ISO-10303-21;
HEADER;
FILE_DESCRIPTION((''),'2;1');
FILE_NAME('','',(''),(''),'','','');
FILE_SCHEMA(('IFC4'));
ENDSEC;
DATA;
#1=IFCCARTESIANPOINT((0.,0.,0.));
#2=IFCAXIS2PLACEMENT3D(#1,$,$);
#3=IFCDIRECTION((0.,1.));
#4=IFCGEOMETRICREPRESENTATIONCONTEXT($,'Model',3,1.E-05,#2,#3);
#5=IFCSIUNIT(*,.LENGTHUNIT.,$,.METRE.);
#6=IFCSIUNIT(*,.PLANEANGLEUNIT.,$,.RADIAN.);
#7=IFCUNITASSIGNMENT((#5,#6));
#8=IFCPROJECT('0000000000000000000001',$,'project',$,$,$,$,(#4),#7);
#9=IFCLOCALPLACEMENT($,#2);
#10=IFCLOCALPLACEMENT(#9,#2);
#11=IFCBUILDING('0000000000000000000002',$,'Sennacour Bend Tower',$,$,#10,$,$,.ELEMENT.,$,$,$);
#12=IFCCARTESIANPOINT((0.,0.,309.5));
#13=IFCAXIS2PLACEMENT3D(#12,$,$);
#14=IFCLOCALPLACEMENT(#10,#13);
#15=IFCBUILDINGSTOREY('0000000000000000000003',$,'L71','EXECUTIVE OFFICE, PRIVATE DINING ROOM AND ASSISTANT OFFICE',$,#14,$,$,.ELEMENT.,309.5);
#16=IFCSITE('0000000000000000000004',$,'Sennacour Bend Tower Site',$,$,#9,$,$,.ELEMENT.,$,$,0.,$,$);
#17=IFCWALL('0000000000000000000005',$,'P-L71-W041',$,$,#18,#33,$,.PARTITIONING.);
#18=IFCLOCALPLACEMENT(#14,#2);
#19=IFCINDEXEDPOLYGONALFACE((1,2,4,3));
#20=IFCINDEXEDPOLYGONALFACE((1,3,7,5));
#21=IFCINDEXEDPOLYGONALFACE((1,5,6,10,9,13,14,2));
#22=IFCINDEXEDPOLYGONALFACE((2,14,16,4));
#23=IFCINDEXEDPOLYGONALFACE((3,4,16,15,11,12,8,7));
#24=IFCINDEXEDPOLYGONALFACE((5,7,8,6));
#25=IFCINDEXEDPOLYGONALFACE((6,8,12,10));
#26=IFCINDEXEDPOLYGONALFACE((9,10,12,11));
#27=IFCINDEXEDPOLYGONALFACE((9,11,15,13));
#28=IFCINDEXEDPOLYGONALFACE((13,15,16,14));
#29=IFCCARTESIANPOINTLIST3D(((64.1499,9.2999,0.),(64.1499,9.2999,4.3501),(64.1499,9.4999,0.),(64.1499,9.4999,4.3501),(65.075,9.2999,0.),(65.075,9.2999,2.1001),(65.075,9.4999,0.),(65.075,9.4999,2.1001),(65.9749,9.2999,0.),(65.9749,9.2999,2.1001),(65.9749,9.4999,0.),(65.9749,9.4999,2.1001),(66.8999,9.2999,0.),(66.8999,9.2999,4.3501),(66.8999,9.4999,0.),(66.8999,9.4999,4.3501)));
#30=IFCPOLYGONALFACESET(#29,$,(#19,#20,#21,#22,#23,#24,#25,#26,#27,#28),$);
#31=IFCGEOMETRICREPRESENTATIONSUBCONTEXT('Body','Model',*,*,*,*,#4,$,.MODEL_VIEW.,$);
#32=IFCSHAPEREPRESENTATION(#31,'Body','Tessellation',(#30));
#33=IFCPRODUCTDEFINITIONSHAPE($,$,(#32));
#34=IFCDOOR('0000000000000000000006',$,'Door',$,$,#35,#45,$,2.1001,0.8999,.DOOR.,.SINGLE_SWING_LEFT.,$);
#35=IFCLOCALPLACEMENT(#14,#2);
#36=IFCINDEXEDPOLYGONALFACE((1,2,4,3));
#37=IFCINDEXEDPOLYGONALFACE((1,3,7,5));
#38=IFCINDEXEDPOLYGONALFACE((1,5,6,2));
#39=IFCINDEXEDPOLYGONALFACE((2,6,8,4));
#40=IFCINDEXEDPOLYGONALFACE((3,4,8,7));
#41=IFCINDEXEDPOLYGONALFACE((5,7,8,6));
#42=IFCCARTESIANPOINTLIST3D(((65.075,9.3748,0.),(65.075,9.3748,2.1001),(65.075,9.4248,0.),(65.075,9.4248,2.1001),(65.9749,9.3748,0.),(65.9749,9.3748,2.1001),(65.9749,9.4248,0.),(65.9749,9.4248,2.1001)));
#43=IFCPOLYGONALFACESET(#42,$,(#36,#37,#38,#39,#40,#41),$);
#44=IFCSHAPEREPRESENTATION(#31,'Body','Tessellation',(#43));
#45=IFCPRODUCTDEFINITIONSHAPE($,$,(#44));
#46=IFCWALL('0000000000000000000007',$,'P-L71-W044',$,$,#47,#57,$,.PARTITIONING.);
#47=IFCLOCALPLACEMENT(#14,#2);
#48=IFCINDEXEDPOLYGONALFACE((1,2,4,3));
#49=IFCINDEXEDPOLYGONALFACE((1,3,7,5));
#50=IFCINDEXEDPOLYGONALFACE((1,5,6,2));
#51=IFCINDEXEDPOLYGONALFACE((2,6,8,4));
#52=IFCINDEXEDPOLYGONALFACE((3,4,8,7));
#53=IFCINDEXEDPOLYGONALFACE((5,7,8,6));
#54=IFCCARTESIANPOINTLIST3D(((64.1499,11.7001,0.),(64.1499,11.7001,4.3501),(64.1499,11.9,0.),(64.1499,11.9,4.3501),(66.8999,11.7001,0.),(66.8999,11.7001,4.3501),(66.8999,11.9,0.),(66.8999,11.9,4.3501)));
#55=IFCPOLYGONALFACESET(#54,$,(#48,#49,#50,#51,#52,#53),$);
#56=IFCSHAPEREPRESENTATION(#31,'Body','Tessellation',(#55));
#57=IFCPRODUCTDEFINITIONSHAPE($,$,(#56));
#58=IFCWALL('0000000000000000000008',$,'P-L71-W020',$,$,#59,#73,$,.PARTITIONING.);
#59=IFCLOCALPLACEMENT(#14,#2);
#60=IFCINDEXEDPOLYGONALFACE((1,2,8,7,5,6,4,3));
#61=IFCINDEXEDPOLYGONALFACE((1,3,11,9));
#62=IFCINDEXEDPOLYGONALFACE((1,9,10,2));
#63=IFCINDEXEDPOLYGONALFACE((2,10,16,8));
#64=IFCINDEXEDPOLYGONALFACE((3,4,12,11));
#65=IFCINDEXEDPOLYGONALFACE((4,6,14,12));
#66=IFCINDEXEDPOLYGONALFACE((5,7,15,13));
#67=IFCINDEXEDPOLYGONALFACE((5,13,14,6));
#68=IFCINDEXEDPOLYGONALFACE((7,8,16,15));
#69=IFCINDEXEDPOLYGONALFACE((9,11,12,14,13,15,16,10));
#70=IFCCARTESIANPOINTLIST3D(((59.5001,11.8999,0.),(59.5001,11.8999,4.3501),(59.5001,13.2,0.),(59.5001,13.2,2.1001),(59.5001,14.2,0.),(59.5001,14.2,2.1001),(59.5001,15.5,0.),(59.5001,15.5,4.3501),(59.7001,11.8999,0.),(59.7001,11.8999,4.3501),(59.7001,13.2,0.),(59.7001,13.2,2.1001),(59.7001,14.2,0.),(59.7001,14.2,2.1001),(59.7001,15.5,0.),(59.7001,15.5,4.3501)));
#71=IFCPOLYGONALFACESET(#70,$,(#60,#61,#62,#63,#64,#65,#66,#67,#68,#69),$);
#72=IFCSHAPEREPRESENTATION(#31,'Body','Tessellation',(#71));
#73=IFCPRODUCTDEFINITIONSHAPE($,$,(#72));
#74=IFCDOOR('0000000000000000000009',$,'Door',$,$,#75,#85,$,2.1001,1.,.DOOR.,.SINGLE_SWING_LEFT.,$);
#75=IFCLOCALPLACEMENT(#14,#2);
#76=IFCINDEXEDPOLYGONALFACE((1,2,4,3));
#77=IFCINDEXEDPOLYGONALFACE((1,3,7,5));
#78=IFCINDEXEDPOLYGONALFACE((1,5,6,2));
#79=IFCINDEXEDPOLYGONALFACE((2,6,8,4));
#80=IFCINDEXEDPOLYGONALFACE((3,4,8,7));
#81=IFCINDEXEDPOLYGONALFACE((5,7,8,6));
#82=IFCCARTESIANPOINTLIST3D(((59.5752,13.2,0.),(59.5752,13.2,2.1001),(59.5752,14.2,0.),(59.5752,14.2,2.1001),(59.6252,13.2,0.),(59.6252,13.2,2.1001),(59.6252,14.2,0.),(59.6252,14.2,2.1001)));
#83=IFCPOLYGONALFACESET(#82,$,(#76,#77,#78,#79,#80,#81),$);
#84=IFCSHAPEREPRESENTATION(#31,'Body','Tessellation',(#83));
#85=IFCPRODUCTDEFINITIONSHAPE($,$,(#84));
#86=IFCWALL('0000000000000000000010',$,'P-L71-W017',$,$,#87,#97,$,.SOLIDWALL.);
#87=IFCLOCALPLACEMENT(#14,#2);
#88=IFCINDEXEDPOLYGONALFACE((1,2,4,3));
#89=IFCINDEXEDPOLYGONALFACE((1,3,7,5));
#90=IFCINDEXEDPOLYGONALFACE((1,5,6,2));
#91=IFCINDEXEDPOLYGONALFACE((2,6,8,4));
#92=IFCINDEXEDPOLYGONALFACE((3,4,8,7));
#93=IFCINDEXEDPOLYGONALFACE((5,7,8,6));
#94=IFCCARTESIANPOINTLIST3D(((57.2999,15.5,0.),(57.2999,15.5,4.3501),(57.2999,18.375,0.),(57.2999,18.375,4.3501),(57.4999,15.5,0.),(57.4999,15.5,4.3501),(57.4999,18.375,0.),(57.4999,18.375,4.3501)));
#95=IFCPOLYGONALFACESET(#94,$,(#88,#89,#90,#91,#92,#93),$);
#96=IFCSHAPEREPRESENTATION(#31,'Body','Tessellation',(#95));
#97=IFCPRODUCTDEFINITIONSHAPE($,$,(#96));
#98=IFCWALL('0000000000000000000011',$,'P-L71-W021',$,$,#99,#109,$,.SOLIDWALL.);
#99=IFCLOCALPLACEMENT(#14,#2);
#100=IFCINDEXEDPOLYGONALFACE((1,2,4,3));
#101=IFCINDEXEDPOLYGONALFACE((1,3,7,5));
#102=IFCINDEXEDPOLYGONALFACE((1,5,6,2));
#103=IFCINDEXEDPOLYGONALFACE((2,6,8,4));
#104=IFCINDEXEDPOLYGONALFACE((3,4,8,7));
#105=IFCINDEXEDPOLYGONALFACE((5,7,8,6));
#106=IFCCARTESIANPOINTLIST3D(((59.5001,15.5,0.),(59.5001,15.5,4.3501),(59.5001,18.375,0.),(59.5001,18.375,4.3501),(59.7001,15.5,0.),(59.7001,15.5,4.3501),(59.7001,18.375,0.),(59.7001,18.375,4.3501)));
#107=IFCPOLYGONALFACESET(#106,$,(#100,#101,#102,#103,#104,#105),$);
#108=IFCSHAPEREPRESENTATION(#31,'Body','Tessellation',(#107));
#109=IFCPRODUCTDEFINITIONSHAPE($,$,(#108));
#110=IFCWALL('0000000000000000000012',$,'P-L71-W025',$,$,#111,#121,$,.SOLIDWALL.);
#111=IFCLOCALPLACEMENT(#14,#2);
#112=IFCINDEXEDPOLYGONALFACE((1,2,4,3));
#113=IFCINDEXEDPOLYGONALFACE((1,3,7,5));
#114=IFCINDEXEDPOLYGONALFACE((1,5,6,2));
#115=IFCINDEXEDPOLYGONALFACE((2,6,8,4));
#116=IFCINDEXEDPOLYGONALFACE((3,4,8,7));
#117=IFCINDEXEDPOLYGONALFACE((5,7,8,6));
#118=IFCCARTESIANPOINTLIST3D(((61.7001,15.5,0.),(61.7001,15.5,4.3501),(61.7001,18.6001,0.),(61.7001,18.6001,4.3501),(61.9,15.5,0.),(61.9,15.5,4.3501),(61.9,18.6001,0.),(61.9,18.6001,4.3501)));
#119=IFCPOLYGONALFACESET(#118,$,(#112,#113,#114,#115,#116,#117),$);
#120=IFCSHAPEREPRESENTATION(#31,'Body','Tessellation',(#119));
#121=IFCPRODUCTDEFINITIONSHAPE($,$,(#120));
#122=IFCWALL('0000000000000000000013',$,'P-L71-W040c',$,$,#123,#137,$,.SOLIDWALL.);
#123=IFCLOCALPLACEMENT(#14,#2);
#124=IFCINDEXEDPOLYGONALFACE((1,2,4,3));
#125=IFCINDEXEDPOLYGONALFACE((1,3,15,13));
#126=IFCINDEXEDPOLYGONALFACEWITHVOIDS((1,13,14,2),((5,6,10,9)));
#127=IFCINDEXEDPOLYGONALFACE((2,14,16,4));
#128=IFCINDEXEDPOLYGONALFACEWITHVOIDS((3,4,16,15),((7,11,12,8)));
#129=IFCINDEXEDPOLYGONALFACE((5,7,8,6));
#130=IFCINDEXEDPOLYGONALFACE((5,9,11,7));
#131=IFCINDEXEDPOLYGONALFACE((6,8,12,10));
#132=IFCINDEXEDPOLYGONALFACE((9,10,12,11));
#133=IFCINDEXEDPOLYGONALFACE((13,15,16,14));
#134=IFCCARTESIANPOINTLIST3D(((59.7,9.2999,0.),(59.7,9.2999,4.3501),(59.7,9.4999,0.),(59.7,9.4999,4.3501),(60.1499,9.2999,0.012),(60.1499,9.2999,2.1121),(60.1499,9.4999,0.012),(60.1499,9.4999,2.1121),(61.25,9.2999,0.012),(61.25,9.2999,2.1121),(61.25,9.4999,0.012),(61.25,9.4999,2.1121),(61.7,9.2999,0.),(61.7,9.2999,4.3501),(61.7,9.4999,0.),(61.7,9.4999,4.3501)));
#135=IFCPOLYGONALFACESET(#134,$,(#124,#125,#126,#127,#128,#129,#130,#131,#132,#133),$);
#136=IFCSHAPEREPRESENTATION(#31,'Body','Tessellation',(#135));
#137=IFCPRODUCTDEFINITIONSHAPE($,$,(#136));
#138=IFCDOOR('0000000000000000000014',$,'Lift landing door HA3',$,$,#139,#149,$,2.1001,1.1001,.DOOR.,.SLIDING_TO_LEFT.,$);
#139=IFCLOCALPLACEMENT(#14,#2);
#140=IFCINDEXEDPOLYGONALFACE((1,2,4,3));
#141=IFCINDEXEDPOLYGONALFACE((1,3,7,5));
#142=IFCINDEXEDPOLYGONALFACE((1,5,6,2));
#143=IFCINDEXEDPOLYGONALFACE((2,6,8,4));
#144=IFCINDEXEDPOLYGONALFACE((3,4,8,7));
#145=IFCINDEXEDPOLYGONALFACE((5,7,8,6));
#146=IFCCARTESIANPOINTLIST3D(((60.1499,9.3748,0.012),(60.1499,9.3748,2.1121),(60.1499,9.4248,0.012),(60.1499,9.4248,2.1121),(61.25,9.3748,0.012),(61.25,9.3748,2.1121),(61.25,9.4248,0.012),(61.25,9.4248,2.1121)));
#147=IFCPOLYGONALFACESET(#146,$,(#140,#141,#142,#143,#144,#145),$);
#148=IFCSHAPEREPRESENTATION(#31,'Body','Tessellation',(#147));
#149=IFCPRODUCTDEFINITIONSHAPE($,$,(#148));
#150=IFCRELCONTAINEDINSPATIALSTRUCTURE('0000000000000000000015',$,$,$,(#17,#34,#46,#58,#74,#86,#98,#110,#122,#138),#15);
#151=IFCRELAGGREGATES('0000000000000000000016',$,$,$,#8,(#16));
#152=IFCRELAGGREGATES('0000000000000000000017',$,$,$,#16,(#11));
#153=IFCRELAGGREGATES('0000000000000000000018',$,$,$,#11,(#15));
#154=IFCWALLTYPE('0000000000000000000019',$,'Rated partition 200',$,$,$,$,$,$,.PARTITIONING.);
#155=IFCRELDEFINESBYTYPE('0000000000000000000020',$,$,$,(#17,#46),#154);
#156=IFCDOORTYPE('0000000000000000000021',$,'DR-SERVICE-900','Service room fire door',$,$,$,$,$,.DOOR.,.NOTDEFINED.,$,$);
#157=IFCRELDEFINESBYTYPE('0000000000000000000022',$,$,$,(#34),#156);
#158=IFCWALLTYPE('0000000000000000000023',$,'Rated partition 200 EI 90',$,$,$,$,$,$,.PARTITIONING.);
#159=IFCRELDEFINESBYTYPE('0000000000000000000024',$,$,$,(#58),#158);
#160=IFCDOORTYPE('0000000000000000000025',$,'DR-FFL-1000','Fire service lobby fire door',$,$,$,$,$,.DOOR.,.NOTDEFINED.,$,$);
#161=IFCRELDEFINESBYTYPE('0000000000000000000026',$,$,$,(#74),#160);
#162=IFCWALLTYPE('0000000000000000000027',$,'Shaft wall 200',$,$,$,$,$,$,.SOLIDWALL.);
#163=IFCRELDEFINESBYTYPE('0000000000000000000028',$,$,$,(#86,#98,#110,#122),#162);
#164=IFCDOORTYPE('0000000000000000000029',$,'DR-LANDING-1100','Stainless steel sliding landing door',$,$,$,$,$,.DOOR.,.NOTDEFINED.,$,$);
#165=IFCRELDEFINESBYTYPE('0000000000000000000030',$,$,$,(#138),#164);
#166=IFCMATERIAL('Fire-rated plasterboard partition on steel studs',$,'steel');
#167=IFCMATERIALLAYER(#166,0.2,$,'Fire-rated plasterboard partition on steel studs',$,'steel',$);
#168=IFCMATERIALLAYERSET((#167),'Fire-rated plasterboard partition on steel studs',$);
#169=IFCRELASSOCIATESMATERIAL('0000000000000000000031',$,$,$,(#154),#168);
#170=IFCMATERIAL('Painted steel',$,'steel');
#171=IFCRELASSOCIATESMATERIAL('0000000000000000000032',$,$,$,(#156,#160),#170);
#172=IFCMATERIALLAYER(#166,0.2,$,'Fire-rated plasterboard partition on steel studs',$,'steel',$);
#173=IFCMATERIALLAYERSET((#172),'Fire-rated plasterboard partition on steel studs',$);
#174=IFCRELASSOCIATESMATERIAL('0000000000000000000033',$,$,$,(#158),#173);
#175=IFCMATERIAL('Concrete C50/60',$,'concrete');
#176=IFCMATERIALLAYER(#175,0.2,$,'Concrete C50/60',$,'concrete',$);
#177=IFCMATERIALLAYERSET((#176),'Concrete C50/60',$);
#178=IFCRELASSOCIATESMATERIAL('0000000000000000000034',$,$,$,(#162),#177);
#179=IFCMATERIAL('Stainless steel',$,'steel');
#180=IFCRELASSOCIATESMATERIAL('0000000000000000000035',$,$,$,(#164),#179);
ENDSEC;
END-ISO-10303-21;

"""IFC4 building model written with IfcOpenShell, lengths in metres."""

from ifc_helpers import new_model, si_unit, direction, frame, frame_2d, origin, place, context, subcontext, project, spatial, rectangle, extrude, material, layer, layer_set, type_object, element, fill, save


model = new_model("IFC4")

# Units and contexts
model_context = context("Model", 3, precision=1e-05, world=origin(), true_north=direction((0.0, 1.0)))
body_context = subcontext(model_context, "Body", "Model", "MODEL_VIEW")
ifc_project = project(units=[si_unit("LENGTHUNIT", "METRE"), si_unit("PLANEANGLEUNIT", "RADIAN")], contexts=[model_context])

# Site, building, storey
site_placement = place(None, origin())
site = spatial("IfcSite", under=ifc_project, at=site_placement, Name="Sennacour Bend Tower Site", CompositionType="ELEMENT", RefElevation=0.0)
building_placement = place(site_placement, origin())
building = spatial("IfcBuilding", under=site, at=building_placement, Name="Sennacour Bend Tower", CompositionType="ELEMENT")
storey_placement = place(building_placement, frame((0.0, 0.0, 309.5)))
storey = spatial("IfcBuildingStorey", under=building, at=storey_placement, Name="L71", Description="EXECUTIVE OFFICE, PRIVATE DINING ROOM AND ASSISTANT OFFICE", CompositionType="ELEMENT", Elevation=309.5)

# Wall, opening, door
ifc_material_1 = material(Name="Fire-rated plasterboard partition on steel studs", Category="steel")
ifc_layer_1 = layer(ifc_material_1, 0.2, Name="Fire-rated plasterboard partition on steel studs", Category="steel")
ifc_layer_set_1 = layer_set([ifc_layer_1], Name="Fire-rated plasterboard partition on steel studs")
wall_type_1 = type_object("IfcWallType", Name="Rated partition 200", PredefinedType="PARTITIONING", material=ifc_layer_set_1)
wall_1_placement = place(storey_placement, frame((64.1499, 9.3999, 0.0), z_axis=(0.0, 0.0, 1.0), x_axis=(1.0, 0.0, 0.0)))
wall_1 = element("IfcWall", 1, at=wall_1_placement, inside=storey, type_object=wall_type_1, Name="P-L71-W041", PredefinedType="PARTITIONING", context=body_context, shape_type="SweptSolid", body=[
    extrude(rectangle(XDim=2.75, YDim=0.2, at=frame_2d((1.375, 0.0))), origin(), (0.0, 0.0, 1.0), 4.3501),
])
opening_1_placement = place(wall_1_placement, frame((0.925, 0.0, 0.0)))
opening_1 = element("IfcOpeningElement", 2, at=opening_1_placement, cuts=wall_1, PredefinedType="OPENING", context=body_context, shape_type="SweptSolid", body=[
    extrude(rectangle(XDim=0.8999, YDim=2.1001, at=frame_2d((0.45, 1.05))), frame((0.0, 0.1099, 0.0), z_axis=(0.0, -1.0, 0.0), x_axis=(1.0, 0.0, 0.0)), (0.0, 0.0, 1.0), 0.22),
])
ifc_material_2 = material(Name="Painted steel", Category="steel")
door_type_1 = type_object("IfcDoorType", Name="DR-SERVICE-900", Description="Service room fire door", OperationType="NOTDEFINED", PredefinedType="DOOR", material=ifc_material_2)
door_1_placement = place(opening_1_placement, origin())
door_1 = element("IfcDoor", 3, at=door_1_placement, inside=storey, type_object=door_type_1, Name="Door", OperationType="SINGLE_SWING_LEFT", OverallHeight=2.1001, OverallWidth=0.8999, PredefinedType="DOOR", context=body_context, shape_type="SweptSolid", body=[
    extrude(rectangle(XDim=0.8999, YDim=2.1001, at=frame_2d((0.45, 1.05))), frame((0.0, 0.0249, 0.0), z_axis=(0.0, -1.0, 0.0), x_axis=(1.0, 0.0, 0.0)), (0.0, 0.0, 1.0), 0.05),
])
fill(opening_1, door_1)

# Wall
wall_2_placement = place(storey_placement, frame((64.1499, 11.8, 0.0), z_axis=(0.0, 0.0, 1.0), x_axis=(1.0, 0.0, 0.0)))
element("IfcWall", 4, at=wall_2_placement, inside=storey, type_object=wall_type_1, Name="P-L71-W044", PredefinedType="PARTITIONING", context=body_context, shape_type="SweptSolid", body=[
    extrude(rectangle(XDim=2.75, YDim=0.2, at=frame_2d((1.375, 0.0))), origin(), (0.0, 0.0, 1.0), 4.3501),
])

# Wall, opening, door
ifc_layer_2 = layer(ifc_material_1, 0.2, Name="Fire-rated plasterboard partition on steel studs", Category="steel")
ifc_layer_set_2 = layer_set([ifc_layer_2], Name="Fire-rated plasterboard partition on steel studs")
wall_type_2 = type_object("IfcWallType", Name="Rated partition 200 EI 90", PredefinedType="PARTITIONING", material=ifc_layer_set_2)
wall_3_placement = place(storey_placement, frame((59.6001, 11.8999, 0.0), z_axis=(0.0, 0.0, 1.0), x_axis=(0.0, 1.0, 0.0)))
wall_3 = element("IfcWall", 5, at=wall_3_placement, inside=storey, type_object=wall_type_2, Name="P-L71-W020", PredefinedType="PARTITIONING", context=body_context, shape_type="SweptSolid", body=[
    extrude(rectangle(XDim=3.6001, YDim=0.2, at=frame_2d((1.8, 0.0))), origin(), (0.0, 0.0, 1.0), 4.3501),
])
opening_2_placement = place(wall_3_placement, frame((1.3, 0.0, 0.0)))
opening_2 = element("IfcOpeningElement", 6, at=opening_2_placement, cuts=wall_3, PredefinedType="OPENING", context=body_context, shape_type="SweptSolid", body=[
    extrude(rectangle(XDim=1.0, YDim=2.1001, at=frame_2d((0.5, 1.05))), frame((0.0, 0.1099, 0.0), z_axis=(0.0, -1.0, 0.0), x_axis=(1.0, 0.0, 0.0)), (0.0, 0.0, 1.0), 0.22),
])
door_type_2 = type_object("IfcDoorType", Name="DR-FFL-1000", Description="Fire service lobby fire door", OperationType="NOTDEFINED", PredefinedType="DOOR", material=ifc_material_2)
door_2_placement = place(opening_2_placement, origin())
door_2 = element("IfcDoor", 7, at=door_2_placement, inside=storey, type_object=door_type_2, Name="Door", OperationType="SINGLE_SWING_LEFT", OverallHeight=2.1001, OverallWidth=1.0, PredefinedType="DOOR", context=body_context, shape_type="SweptSolid", body=[
    extrude(rectangle(XDim=1.0, YDim=2.1001, at=frame_2d((0.5, 1.05))), frame((0.0, 0.0249, 0.0), z_axis=(0.0, -1.0, 0.0), x_axis=(1.0, 0.0, 0.0)), (0.0, 0.0, 1.0), 0.05),
])
fill(opening_2, door_2)

# Walls
ifc_material_3 = material(Name="Concrete C50/60", Category="concrete")
ifc_layer_3 = layer(ifc_material_3, 0.2, Name="Concrete C50/60", Category="concrete")
ifc_layer_set_3 = layer_set([ifc_layer_3], Name="Concrete C50/60")
wall_type_3 = type_object("IfcWallType", Name="Shaft wall 200", PredefinedType="SOLIDWALL", material=ifc_layer_set_3)
for number, where, z_axis, x_axis, name in (
    (8, (57.3999, 15.5, 0.0), (0.0, 0.0, 1.0), (0.0, 1.0, 0.0), "P-L71-W017"),
    (9, (59.6001, 15.5, 0.0), (0.0, 0.0, 1.0), (0.0, 1.0, 0.0), "P-L71-W021"),
):
    element("IfcWall", number, at=place(storey_placement, frame(where, z_axis=z_axis, x_axis=x_axis)), inside=storey, type_object=wall_type_3, Name=name, PredefinedType="SOLIDWALL", context=body_context, shape_type="SweptSolid", body=[
        extrude(rectangle(XDim=2.875, YDim=0.2, at=frame_2d((1.4375, 0.0))), origin(), (0.0, 0.0, 1.0), 4.3501),
    ])
wall_4_placement = place(storey_placement, frame((61.8, 15.5, 0.0), z_axis=(0.0, 0.0, 1.0), x_axis=(0.0, 1.0, 0.0)))
element("IfcWall", 10, at=wall_4_placement, inside=storey, type_object=wall_type_3, Name="P-L71-W025", PredefinedType="SOLIDWALL", context=body_context, shape_type="SweptSolid", body=[
    extrude(rectangle(XDim=3.1001, YDim=0.2, at=frame_2d((1.55, 0.0))), origin(), (0.0, 0.0, 1.0), 4.3501),
])

# Wall, opening, door
wall_5_placement = place(storey_placement, frame((59.7, 9.3999, 0.0), z_axis=(0.0, 0.0, 1.0), x_axis=(1.0, 0.0, 0.0)))
wall_5 = element("IfcWall", 11, at=wall_5_placement, inside=storey, type_object=wall_type_3, Name="P-L71-W040c", PredefinedType="SOLIDWALL", context=body_context, shape_type="SweptSolid", body=[
    extrude(rectangle(XDim=2.0, YDim=0.2, at=frame_2d((1.0, 0.0))), origin(), (0.0, 0.0, 1.0), 4.3501),
])
opening_3_placement = place(wall_5_placement, frame((0.45, 0.0, 0.012)))
opening_3 = element("IfcOpeningElement", 12, at=opening_3_placement, cuts=wall_5, PredefinedType="OPENING", context=body_context, shape_type="SweptSolid", body=[
    extrude(rectangle(XDim=1.1001, YDim=2.1001, at=frame_2d((0.55, 1.05))), frame((0.0, 0.1099, 0.0), z_axis=(0.0, -1.0, 0.0), x_axis=(1.0, 0.0, 0.0)), (0.0, 0.0, 1.0), 0.22),
])
ifc_material_4 = material(Name="Stainless steel", Category="steel")
door_type_3 = type_object("IfcDoorType", Name="DR-LANDING-1100", Description="Stainless steel sliding landing door", OperationType="NOTDEFINED", PredefinedType="DOOR", material=ifc_material_4)
door_3_placement = place(opening_3_placement, origin())
door_3 = element("IfcDoor", 13, at=door_3_placement, inside=storey, type_object=door_type_3, Name="Lift landing door HA3", OperationType="SLIDING_TO_LEFT", OverallHeight=2.1001, OverallWidth=1.1001, PredefinedType="DOOR", context=body_context, shape_type="SweptSolid", body=[
    extrude(rectangle(XDim=1.1001, YDim=2.1001, at=frame_2d((0.55, 1.05))), frame((0.0, 0.0249, 0.0), z_axis=(0.0, -1.0, 0.0), x_axis=(1.0, 0.0, 0.0)), (0.0, 0.0, 1.0), 0.05),
])
fill(opening_3, door_3)

save(model, "model.ifc")
